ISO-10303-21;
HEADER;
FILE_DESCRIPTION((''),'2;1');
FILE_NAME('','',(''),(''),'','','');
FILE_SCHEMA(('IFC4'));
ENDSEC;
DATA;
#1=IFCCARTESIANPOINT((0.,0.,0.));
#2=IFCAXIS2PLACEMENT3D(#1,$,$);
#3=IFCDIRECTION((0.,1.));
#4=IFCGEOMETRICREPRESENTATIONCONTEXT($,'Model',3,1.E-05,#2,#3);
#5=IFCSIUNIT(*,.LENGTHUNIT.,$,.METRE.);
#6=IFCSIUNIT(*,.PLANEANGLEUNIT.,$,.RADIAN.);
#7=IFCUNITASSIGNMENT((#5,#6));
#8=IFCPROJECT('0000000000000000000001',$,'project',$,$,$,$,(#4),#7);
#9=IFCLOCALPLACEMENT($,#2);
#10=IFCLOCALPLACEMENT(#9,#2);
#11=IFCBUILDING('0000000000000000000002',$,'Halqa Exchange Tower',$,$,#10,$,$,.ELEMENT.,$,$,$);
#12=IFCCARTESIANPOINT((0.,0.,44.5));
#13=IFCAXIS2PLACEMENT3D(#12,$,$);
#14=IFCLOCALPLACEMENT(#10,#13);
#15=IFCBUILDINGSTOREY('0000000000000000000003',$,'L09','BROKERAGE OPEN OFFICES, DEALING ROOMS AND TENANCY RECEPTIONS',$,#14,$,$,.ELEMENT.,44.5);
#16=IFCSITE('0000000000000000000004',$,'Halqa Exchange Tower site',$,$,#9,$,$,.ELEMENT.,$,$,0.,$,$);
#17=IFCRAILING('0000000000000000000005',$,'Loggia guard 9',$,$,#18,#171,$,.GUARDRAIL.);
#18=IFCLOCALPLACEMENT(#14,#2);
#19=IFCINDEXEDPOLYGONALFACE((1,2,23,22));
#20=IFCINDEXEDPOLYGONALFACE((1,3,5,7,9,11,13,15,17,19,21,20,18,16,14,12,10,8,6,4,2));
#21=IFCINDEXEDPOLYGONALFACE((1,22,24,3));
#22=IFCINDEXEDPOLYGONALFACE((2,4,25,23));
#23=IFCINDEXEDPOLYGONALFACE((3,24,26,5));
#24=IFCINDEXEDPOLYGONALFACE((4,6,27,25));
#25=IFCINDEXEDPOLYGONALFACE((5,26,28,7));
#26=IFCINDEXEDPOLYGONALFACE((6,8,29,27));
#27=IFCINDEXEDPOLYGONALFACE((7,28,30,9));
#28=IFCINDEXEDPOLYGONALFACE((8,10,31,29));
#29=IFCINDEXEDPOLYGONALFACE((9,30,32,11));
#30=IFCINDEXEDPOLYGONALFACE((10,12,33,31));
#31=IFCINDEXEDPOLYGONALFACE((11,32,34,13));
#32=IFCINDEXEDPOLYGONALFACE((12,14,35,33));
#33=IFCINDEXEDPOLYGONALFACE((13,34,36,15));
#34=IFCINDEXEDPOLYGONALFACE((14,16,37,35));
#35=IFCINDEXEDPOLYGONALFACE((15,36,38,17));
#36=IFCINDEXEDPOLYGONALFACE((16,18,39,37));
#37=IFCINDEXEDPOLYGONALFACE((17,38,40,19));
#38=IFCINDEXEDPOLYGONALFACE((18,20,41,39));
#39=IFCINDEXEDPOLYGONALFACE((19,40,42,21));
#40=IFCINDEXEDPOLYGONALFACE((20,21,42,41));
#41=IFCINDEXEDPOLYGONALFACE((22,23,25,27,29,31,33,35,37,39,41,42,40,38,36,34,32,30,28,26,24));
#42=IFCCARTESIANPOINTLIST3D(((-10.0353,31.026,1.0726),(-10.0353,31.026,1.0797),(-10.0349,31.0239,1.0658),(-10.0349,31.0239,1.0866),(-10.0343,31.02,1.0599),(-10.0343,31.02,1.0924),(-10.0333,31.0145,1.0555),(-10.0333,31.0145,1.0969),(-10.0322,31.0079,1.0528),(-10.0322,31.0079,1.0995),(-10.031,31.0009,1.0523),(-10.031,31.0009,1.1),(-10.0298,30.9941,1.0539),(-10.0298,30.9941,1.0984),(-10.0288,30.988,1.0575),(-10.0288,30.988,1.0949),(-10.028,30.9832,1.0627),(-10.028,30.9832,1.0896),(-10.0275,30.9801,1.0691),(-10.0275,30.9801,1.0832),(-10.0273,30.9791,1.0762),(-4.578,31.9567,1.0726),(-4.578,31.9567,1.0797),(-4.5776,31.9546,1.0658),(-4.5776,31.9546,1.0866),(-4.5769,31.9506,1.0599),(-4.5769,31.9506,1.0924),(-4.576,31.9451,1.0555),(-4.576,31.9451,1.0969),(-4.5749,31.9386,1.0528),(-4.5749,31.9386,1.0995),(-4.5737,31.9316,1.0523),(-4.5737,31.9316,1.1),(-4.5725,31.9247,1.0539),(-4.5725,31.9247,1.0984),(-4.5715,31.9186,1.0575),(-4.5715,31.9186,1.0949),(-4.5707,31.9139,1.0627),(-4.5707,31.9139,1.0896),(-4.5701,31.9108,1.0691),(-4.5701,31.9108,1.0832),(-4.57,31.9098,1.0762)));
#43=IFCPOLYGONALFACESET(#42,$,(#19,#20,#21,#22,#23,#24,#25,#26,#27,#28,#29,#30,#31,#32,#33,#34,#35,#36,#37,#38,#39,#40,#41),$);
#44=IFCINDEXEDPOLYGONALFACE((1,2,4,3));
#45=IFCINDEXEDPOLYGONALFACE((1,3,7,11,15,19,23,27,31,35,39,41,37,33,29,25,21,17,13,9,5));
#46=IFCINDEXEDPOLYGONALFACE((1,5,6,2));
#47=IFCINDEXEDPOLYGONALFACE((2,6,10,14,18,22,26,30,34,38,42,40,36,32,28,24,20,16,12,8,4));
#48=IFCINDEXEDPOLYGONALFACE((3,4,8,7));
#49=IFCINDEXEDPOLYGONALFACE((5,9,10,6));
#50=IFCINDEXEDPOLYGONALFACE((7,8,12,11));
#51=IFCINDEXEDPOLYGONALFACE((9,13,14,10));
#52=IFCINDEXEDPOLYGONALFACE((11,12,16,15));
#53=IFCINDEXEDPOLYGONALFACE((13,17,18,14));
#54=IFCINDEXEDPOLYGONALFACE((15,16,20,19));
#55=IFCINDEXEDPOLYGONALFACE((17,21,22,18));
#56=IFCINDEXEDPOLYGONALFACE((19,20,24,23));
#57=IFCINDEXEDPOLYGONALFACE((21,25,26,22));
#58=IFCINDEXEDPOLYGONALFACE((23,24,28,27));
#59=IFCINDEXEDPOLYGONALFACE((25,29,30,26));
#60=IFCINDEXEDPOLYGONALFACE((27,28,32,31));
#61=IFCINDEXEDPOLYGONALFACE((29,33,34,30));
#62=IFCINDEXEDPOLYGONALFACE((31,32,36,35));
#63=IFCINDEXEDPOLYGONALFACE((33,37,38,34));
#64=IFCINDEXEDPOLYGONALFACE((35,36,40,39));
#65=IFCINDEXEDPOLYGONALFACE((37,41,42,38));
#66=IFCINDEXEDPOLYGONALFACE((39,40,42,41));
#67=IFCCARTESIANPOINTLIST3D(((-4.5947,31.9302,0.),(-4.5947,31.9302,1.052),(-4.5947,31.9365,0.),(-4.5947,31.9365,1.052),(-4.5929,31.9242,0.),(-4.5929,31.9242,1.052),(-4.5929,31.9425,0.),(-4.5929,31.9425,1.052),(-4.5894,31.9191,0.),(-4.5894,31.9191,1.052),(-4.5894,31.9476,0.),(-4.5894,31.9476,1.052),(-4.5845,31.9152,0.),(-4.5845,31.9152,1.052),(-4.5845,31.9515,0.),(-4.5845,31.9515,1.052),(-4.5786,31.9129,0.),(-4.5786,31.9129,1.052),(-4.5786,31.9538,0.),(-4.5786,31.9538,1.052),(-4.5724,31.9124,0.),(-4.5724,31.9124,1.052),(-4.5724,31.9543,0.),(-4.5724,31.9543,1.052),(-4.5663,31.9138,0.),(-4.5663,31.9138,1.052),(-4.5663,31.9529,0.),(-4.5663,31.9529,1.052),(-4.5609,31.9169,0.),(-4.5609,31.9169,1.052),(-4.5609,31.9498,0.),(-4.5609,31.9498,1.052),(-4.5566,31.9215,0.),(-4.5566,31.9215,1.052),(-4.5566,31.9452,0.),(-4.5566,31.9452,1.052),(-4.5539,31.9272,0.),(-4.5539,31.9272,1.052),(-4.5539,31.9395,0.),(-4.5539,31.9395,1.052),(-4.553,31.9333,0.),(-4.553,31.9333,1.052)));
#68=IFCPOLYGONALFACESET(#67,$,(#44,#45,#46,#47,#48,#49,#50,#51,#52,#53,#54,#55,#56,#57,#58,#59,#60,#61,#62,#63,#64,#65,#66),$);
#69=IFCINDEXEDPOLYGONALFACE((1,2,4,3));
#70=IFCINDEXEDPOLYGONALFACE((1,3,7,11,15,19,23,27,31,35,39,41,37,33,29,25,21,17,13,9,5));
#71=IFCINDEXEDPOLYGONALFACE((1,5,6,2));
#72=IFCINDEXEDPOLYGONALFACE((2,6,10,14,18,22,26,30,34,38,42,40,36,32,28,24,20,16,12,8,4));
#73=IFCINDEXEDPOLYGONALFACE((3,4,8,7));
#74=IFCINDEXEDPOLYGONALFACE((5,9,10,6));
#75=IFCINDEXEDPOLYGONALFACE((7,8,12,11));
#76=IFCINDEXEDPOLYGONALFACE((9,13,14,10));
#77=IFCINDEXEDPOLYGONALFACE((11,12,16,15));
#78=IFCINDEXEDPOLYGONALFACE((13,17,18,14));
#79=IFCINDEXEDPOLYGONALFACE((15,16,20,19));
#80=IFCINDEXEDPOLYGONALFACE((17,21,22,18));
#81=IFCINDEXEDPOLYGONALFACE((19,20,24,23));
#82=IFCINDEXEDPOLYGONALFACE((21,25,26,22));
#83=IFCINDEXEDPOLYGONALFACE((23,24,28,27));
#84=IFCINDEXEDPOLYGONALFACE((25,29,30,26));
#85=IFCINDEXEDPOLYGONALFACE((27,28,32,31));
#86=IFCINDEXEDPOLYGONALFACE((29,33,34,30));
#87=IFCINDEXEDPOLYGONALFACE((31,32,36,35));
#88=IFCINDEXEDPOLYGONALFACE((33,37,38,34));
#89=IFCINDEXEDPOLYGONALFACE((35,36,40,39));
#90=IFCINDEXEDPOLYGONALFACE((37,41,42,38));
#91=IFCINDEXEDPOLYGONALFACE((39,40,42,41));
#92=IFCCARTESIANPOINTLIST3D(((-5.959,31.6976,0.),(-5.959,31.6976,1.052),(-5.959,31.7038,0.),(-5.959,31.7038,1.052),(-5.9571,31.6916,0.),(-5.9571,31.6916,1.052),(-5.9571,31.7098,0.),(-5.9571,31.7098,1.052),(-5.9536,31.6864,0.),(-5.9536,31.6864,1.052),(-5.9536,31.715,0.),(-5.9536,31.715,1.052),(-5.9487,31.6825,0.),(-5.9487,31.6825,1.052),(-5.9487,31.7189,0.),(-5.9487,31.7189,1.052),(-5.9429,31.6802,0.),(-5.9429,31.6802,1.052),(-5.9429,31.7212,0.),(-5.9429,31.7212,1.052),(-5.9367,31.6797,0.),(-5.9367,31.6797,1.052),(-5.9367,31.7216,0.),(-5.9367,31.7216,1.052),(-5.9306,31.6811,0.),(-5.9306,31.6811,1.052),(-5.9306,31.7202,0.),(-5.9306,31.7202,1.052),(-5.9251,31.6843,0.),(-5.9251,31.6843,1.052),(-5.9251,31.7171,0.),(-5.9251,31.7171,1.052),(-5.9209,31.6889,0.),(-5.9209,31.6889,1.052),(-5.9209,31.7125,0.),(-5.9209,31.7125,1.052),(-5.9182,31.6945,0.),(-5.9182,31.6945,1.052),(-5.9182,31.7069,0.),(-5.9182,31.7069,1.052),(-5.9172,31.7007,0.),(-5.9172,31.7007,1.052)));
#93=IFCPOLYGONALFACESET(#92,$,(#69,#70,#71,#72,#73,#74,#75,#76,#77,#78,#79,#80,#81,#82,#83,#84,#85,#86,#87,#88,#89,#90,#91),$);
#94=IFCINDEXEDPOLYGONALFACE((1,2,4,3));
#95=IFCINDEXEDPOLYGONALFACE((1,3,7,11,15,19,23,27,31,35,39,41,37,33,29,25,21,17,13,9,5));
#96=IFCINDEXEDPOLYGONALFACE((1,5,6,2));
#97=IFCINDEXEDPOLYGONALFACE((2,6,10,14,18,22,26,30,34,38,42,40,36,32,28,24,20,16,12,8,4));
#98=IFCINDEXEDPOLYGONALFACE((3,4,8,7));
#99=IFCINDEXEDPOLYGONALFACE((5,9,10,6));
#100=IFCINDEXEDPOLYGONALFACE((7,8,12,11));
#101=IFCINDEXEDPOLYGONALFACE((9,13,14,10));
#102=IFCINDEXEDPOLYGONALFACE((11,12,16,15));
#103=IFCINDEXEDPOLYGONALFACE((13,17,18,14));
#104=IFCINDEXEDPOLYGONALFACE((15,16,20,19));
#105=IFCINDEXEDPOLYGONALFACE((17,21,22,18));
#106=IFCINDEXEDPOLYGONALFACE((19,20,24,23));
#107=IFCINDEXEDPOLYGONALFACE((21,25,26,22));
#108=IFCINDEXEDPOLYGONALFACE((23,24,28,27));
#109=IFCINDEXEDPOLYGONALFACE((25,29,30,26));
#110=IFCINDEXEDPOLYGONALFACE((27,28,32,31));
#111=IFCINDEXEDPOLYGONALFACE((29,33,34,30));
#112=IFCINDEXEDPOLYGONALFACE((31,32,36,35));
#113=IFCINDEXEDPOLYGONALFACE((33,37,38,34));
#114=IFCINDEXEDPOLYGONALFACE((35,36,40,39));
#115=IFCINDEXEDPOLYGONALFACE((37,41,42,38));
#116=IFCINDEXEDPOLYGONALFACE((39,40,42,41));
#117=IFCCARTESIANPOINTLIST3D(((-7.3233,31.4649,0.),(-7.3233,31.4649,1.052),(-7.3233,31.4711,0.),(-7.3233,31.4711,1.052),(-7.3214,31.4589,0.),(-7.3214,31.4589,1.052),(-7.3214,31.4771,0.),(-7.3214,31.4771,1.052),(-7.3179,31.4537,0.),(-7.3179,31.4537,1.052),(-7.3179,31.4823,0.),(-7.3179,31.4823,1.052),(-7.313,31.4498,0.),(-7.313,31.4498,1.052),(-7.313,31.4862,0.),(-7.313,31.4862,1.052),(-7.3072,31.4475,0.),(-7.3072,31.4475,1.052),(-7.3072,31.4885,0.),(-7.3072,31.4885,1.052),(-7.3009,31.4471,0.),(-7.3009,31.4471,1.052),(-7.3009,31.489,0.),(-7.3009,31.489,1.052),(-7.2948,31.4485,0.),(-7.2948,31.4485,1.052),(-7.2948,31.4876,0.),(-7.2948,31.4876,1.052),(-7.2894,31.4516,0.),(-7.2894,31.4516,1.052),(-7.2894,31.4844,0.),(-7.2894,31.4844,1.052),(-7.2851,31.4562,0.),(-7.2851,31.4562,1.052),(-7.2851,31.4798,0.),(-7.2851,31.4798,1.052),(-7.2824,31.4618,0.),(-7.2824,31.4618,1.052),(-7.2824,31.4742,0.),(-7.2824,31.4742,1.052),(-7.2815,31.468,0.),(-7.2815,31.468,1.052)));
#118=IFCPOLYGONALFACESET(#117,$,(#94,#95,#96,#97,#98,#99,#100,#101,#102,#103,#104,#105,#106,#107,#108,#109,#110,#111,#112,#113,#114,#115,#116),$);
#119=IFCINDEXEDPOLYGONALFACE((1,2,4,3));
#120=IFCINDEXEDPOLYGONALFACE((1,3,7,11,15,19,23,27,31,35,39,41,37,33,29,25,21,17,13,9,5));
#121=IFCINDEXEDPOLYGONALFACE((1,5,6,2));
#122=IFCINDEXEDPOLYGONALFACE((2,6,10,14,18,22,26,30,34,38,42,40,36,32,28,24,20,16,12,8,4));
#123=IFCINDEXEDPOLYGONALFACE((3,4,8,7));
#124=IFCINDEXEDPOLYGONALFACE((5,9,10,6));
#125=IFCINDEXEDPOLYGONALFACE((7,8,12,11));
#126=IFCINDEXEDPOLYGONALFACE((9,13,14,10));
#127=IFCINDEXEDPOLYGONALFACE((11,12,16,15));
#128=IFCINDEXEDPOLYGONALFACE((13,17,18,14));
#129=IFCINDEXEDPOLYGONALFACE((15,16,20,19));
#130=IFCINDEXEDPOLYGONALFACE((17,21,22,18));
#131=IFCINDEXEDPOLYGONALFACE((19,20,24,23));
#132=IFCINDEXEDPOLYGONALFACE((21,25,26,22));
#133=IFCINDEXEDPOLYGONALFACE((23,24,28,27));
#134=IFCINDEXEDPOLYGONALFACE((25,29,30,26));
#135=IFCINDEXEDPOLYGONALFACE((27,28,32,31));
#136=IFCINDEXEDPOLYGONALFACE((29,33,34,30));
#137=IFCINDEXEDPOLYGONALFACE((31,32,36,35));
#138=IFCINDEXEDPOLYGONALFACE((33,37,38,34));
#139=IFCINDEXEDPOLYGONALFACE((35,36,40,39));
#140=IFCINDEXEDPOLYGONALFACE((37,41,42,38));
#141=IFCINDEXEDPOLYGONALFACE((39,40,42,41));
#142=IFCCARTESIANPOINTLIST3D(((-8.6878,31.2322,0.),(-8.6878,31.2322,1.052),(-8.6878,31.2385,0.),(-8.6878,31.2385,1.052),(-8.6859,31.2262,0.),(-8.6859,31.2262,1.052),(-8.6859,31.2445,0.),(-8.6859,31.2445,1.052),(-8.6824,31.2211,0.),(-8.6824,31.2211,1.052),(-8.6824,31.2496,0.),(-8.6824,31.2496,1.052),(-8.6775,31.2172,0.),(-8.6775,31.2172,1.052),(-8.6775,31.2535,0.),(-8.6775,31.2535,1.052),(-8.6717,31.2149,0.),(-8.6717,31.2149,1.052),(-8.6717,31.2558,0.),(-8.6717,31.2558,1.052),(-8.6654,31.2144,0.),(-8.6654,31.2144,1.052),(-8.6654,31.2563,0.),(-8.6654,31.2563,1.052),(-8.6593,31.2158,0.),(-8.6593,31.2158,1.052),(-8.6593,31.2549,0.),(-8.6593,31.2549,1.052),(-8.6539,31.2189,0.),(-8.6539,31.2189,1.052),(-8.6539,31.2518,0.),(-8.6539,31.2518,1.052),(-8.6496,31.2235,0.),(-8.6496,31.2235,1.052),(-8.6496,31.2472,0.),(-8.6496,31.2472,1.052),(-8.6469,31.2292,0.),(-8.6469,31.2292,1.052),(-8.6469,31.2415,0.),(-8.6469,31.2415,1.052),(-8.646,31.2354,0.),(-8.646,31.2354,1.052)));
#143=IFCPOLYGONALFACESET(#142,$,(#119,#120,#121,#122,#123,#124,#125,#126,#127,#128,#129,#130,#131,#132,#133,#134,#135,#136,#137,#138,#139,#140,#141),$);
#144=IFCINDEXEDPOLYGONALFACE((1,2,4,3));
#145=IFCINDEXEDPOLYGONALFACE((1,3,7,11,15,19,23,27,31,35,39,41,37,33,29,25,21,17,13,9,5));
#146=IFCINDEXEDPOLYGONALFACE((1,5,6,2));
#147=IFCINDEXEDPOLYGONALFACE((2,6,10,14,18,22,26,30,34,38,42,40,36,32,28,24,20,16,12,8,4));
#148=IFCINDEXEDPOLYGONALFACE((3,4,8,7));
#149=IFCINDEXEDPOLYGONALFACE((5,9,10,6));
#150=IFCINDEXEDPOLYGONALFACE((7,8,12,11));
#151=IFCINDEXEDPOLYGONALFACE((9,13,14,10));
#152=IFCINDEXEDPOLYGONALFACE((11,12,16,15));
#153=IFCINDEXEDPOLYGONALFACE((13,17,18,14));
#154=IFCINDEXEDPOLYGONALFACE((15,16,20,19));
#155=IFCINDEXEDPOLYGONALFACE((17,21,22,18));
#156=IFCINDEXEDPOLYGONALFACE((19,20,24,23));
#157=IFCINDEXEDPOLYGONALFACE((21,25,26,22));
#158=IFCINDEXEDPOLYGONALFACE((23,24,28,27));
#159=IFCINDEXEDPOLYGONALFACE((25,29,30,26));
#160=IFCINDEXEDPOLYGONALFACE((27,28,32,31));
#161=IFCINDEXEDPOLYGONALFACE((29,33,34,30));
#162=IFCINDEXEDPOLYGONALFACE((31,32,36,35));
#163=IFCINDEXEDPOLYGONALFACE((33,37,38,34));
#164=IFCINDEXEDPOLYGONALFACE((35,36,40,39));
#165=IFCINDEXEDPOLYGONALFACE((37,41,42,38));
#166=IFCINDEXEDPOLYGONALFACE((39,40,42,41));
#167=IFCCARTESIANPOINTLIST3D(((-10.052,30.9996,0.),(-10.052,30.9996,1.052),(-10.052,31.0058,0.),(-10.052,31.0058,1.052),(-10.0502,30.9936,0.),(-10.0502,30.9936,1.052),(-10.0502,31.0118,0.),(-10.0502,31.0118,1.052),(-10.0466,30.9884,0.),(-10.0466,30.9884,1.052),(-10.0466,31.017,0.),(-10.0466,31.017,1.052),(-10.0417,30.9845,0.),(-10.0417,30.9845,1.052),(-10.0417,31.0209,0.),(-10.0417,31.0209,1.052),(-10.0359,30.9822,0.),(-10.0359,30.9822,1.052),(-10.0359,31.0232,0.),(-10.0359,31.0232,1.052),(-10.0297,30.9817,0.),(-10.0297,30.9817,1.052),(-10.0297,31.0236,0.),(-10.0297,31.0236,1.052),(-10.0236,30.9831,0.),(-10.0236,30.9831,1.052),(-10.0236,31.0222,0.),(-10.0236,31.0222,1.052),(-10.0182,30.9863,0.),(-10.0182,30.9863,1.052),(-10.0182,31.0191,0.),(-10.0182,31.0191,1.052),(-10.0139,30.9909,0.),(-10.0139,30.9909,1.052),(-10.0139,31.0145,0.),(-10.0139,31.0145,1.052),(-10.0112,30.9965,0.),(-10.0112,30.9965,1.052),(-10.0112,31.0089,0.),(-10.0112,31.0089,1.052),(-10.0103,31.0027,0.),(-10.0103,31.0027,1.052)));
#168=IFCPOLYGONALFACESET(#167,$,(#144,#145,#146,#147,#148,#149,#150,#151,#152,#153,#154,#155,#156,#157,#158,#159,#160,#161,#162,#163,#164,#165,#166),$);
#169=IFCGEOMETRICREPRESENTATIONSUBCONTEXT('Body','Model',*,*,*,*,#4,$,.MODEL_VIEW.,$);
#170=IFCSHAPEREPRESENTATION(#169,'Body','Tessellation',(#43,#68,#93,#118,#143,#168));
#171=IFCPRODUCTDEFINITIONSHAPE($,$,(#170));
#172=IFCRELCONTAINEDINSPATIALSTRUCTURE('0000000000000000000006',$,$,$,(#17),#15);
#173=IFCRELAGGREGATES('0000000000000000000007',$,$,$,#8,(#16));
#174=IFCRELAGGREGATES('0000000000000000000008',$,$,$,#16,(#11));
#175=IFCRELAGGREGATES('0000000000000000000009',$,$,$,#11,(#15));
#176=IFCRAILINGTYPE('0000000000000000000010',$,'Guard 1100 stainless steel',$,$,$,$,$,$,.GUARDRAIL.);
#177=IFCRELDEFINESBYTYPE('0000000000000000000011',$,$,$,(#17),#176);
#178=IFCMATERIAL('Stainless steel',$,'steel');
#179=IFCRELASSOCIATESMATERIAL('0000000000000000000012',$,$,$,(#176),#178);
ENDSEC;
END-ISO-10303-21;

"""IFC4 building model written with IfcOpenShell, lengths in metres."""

from ifc_helpers import new_model, si_unit, direction, frame, origin, origin_2d, place, context, subcontext, project, spatial, circle, extrude, material, type_object, element, save


model = new_model("IFC4")

# Units and contexts
model_context = context("Model", 3, precision=1e-05, world=origin(), true_north=direction((0.0, 1.0)))
body_context = subcontext(model_context, "Body", "Model", "MODEL_VIEW")
ifc_project = project(units=[si_unit("LENGTHUNIT", "METRE"), si_unit("PLANEANGLEUNIT", "RADIAN")], contexts=[model_context])

# Site, building, storey
site_placement = place(None, origin())
site = spatial("IfcSite", under=ifc_project, at=site_placement, Name="Halqa Exchange Tower site", CompositionType="ELEMENT", RefElevation=0.0)
building_placement = place(site_placement, origin())
building = spatial("IfcBuilding", under=site, at=building_placement, Name="Halqa Exchange Tower", CompositionType="ELEMENT")
storey_placement = place(building_placement, frame((0.0, 0.0, 44.5)))
storey = spatial("IfcBuildingStorey", under=building, at=storey_placement, Name="L09", Description="BROKERAGE OPEN OFFICES, DEALING ROOMS AND TENANCY RECEPTIONS", CompositionType="ELEMENT", Elevation=44.5)

# Railing
ifc_material_1 = material(Name="Stainless steel", Category="steel")
railing_type_1 = type_object("IfcRailingType", Name="Guard 1100 stainless steel", PredefinedType="GUARDRAIL", material=ifc_material_1)
railing_1_placement = place(storey_placement, frame((-4.574, 31.9333, 0.0)))
element("IfcRailing", 1, at=railing_1_placement, inside=storey, type_object=railing_type_1, Name="Loggia guard 9", PredefinedType="GUARDRAIL", context=body_context, shape_type="SweptSolid", body=[
    extrude(circle(Radius=0.0239, at=origin_2d()), frame((0.0, 0.0, 1.0762), z_axis=(-0.985768, -0.168109, 0.0), x_axis=(0.168109, -0.985768, 0.0)), (0.0, 0.0, 1.0), 5.5361),
    extrude(circle(Radius=0.021, at=origin_2d()), origin(), (0.0, 0.0, 1.0), 1.052),
    extrude(circle(Radius=0.021, at=origin_2d()), frame((-1.3643, -0.2327, 0.0)), (0.0, 0.0, 1.0), 1.052),
    extrude(circle(Radius=0.021, at=origin_2d()), frame((-2.7285, -0.4653, 0.0)), (0.0, 0.0, 1.0), 1.052),
    extrude(circle(Radius=0.021, at=origin_2d()), frame((-4.093, -0.698, 0.0)), (0.0, 0.0, 1.0), 1.052),
    extrude(circle(Radius=0.021, at=origin_2d()), frame((-5.4573, -0.9307, 0.0)), (0.0, 0.0, 1.0), 1.052),
])

save(model, "model.ifc")
